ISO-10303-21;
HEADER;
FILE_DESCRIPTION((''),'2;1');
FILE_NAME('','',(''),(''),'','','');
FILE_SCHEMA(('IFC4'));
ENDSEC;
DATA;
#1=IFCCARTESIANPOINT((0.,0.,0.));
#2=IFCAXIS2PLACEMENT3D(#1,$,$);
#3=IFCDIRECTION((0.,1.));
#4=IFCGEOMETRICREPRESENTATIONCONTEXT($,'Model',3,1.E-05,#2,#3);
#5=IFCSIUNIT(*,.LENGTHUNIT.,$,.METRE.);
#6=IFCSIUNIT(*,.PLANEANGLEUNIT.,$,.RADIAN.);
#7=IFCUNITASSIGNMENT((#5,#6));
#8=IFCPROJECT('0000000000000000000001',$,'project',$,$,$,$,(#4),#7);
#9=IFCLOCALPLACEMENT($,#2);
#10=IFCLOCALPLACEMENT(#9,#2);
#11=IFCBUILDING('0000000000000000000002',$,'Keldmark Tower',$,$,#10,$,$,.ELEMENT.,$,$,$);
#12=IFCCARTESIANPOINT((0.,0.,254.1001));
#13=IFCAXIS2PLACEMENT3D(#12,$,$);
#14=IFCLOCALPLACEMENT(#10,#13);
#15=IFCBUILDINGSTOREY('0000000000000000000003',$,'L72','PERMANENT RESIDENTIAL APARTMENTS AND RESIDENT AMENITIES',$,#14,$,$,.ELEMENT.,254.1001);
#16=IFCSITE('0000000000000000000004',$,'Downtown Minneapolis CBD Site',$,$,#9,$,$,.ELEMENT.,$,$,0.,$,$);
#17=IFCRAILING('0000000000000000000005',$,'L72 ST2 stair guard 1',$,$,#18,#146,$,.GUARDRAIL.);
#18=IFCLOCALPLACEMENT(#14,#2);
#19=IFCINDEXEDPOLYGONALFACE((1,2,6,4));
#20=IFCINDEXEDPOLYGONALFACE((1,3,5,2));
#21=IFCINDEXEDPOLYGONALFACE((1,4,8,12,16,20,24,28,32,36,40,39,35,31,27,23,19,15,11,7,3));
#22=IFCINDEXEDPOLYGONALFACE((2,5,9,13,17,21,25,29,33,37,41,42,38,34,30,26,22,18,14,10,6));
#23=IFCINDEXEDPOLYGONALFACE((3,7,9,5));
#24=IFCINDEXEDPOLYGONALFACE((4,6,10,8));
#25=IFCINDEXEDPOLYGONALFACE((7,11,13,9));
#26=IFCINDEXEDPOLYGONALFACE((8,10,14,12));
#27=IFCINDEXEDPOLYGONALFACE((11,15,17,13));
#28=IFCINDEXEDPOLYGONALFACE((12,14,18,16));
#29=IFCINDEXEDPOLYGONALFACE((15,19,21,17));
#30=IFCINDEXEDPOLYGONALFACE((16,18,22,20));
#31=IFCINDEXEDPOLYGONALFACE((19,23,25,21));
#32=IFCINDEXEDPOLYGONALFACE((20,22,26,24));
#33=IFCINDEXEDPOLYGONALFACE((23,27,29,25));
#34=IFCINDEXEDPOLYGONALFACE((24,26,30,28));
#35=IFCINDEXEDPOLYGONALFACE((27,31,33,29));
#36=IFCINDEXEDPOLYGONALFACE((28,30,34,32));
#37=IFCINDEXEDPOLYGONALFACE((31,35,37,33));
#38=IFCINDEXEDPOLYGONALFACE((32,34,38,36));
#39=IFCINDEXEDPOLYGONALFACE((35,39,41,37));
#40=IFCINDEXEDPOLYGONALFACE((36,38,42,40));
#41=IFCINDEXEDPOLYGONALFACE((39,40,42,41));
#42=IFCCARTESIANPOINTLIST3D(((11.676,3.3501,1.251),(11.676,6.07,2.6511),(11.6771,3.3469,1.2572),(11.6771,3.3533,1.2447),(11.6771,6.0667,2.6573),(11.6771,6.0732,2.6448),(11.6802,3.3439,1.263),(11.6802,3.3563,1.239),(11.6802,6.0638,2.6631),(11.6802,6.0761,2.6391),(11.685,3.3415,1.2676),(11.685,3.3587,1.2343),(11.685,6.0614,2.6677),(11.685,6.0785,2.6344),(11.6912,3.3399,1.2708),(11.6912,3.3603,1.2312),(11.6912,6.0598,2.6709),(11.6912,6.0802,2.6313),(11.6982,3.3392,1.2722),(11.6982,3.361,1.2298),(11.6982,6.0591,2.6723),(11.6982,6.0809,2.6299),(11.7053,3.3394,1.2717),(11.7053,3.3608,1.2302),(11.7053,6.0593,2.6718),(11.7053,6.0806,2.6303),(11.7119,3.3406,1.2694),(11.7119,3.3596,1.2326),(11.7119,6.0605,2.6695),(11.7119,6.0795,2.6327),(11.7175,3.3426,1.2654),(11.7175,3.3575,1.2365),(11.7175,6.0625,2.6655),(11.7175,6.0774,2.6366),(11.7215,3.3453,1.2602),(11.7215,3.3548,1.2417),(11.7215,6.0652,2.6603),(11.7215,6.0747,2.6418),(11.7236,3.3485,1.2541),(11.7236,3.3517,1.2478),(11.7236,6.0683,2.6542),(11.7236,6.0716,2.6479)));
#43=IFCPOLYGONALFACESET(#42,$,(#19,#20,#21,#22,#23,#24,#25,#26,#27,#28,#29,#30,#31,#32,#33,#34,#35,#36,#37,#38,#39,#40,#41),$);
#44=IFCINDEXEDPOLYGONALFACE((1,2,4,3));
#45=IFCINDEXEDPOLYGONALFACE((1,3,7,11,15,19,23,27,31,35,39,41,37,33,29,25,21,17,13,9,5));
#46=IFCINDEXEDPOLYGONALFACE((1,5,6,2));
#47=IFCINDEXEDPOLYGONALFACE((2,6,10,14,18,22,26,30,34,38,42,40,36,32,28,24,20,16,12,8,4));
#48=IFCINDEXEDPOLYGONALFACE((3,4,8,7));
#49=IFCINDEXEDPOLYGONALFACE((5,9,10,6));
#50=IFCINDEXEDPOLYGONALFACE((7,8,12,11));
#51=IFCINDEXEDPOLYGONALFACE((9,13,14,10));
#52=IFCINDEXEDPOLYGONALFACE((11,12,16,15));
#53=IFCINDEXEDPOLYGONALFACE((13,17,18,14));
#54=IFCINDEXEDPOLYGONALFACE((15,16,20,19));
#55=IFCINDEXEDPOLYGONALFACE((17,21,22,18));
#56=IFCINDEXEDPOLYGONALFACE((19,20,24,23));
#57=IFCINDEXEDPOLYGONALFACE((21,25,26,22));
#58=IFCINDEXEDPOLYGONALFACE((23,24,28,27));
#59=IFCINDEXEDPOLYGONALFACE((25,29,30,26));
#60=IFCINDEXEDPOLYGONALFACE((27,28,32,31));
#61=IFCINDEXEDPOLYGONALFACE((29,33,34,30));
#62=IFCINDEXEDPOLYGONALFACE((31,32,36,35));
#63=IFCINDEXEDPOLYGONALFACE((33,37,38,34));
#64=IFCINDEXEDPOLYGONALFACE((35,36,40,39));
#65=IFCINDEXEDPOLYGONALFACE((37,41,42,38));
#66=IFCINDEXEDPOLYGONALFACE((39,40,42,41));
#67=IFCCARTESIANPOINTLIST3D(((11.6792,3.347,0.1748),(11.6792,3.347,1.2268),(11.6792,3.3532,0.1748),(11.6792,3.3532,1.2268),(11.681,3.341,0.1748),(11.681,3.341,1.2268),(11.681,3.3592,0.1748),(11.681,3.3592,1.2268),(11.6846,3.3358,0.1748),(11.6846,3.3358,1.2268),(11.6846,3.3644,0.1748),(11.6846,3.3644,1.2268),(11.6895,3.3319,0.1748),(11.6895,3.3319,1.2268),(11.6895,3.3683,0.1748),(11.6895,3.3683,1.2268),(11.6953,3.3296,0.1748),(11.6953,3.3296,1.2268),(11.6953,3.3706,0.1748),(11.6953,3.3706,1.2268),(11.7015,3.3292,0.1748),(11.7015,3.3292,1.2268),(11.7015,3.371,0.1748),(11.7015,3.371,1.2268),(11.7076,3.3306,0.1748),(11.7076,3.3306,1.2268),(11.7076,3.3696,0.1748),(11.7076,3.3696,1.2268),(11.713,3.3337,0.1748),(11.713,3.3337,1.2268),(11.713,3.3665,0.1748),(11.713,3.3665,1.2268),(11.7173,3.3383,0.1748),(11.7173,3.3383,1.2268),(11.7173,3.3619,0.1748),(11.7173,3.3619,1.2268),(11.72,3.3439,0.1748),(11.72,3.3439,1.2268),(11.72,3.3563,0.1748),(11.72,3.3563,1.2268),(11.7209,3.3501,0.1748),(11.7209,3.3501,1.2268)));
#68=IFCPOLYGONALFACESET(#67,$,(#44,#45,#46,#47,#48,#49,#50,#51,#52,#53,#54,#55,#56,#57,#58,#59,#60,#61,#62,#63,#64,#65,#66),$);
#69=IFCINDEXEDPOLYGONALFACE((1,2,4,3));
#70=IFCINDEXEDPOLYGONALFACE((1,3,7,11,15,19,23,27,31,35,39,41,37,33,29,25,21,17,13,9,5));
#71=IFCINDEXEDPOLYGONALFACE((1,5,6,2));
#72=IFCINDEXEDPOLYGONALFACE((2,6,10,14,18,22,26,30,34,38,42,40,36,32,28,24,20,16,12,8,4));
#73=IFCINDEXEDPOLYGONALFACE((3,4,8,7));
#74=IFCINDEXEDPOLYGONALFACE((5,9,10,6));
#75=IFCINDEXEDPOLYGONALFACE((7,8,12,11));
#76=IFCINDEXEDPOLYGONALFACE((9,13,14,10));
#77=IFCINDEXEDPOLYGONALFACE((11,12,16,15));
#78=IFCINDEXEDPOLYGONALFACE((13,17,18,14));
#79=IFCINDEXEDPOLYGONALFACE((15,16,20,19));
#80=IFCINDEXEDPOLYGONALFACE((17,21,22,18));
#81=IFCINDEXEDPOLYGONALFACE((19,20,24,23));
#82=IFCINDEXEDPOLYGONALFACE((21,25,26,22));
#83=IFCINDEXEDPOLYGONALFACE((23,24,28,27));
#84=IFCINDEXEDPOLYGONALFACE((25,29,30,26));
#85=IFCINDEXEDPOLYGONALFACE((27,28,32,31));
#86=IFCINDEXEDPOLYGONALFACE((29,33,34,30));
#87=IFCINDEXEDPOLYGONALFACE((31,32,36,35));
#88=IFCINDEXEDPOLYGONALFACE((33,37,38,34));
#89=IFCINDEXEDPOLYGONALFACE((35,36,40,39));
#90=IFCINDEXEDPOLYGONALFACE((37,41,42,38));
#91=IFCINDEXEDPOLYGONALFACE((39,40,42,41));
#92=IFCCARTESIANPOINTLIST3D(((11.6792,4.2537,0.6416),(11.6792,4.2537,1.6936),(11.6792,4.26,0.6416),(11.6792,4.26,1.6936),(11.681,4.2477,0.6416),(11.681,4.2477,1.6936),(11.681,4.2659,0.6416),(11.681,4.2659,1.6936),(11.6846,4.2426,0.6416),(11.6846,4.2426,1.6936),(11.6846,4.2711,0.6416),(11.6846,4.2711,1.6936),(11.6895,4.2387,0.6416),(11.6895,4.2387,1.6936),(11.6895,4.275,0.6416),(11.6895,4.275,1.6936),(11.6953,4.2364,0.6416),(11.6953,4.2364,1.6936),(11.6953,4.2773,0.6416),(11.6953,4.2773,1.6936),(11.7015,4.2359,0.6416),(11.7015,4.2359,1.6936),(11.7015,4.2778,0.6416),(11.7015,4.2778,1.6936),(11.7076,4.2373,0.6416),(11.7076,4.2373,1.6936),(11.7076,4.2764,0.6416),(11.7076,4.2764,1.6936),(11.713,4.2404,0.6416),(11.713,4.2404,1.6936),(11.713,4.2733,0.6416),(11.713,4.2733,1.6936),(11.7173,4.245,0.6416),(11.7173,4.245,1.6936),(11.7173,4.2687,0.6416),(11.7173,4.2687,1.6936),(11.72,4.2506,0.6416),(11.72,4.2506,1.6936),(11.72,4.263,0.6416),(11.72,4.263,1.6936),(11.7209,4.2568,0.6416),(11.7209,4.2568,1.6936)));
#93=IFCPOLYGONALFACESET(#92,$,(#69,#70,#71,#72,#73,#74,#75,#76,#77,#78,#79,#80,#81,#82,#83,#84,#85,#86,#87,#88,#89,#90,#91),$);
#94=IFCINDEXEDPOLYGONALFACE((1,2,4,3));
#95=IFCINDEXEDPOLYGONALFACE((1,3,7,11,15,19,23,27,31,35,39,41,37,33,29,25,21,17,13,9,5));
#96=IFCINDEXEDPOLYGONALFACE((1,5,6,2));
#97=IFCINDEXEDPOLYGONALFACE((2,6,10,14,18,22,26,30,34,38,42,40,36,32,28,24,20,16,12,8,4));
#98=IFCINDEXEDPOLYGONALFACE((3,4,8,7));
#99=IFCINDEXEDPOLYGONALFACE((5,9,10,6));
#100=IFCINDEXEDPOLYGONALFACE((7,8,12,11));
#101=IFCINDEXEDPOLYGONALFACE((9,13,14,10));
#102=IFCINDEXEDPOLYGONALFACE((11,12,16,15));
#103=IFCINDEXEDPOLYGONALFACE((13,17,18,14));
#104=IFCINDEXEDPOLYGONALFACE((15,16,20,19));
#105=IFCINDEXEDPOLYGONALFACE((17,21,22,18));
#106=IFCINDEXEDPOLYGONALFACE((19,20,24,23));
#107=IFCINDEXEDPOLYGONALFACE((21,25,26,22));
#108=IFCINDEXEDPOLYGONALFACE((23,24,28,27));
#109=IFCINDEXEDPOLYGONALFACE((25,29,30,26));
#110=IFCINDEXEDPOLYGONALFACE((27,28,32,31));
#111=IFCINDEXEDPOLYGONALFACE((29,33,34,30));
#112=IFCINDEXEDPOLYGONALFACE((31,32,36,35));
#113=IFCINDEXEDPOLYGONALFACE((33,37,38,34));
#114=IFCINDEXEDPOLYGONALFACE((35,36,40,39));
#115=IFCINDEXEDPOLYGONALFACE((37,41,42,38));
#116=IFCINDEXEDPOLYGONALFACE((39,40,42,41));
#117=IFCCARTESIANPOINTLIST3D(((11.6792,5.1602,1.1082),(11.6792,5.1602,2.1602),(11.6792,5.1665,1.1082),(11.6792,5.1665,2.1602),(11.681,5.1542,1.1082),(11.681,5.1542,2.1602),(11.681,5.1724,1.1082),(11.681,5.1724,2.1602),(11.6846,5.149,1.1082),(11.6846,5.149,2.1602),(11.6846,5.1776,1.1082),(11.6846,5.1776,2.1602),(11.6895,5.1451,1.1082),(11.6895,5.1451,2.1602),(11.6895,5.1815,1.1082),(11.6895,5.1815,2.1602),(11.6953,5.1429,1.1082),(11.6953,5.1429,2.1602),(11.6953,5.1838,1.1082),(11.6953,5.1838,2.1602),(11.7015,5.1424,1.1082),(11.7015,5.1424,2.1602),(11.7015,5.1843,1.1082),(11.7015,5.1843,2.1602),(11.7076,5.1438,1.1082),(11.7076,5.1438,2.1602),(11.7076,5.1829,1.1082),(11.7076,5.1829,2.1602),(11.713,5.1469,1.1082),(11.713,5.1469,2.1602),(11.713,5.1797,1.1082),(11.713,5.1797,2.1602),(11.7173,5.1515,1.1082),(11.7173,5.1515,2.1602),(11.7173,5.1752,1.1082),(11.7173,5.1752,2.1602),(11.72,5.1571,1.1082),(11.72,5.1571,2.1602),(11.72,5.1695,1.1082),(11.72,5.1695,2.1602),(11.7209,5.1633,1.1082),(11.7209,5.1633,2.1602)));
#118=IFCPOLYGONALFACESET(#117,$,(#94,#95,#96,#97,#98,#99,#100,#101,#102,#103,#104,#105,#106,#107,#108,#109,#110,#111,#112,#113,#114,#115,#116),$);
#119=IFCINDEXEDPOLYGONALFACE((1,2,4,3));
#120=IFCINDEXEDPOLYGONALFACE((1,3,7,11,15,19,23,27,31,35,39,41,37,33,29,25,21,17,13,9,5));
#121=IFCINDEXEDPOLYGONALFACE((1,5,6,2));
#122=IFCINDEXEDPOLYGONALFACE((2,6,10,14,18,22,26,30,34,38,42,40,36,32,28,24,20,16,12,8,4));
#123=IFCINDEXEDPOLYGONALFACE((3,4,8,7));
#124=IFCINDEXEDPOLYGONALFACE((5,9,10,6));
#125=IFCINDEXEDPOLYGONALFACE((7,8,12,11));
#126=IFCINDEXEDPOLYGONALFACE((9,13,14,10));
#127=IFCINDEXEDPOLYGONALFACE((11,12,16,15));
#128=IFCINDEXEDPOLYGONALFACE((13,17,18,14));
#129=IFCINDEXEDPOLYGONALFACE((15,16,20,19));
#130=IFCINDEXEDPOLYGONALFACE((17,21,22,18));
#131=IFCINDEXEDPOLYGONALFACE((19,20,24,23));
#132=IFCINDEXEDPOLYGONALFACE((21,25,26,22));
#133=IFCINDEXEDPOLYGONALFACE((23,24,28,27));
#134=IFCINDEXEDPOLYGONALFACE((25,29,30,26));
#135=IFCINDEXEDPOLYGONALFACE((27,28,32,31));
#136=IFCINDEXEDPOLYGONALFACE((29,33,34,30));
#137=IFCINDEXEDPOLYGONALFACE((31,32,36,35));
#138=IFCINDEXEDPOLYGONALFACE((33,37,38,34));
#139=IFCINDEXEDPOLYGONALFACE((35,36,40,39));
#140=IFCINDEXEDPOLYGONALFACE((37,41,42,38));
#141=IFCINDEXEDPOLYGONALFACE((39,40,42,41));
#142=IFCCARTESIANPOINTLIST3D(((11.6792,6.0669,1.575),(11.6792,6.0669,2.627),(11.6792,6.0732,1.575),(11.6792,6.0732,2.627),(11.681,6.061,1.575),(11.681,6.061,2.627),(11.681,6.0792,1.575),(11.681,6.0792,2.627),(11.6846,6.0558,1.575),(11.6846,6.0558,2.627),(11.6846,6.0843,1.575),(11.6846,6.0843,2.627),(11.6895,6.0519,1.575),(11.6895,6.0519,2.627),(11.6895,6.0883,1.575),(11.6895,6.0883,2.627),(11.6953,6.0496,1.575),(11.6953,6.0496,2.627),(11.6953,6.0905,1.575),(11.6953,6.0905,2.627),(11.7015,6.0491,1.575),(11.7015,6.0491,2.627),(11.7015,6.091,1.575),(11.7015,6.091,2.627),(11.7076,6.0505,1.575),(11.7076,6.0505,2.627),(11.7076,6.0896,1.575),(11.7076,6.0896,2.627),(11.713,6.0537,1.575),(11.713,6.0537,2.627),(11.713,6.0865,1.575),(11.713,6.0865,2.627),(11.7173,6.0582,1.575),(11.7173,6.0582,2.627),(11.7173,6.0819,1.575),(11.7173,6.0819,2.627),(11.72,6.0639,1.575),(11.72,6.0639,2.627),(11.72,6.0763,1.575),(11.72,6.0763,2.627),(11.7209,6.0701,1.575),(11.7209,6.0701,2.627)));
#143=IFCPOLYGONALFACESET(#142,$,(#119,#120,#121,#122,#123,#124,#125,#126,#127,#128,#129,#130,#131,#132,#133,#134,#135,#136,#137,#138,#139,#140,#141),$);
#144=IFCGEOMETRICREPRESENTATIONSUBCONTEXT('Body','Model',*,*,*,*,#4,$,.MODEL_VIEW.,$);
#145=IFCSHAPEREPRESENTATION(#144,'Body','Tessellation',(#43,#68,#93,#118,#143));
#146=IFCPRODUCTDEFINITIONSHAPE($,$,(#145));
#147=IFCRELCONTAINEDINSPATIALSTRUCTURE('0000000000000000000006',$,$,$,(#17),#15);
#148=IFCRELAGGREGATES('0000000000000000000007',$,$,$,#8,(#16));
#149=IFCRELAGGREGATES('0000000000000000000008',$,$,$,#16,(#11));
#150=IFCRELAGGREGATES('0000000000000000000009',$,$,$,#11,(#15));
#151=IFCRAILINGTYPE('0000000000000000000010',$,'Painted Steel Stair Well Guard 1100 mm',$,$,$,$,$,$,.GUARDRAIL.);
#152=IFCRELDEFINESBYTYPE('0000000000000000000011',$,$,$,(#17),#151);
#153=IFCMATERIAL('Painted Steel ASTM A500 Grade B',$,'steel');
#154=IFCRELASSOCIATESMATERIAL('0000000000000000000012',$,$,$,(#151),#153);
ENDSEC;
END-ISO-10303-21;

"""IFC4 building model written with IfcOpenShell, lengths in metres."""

from ifc_helpers import new_model, si_unit, direction, frame, origin, origin_2d, place, context, subcontext, project, spatial, circle, extrude, material, type_object, element, save


model = new_model("IFC4")

# Units and contexts
model_context = context("Model", 3, precision=1e-05, world=origin(), true_north=direction((0.0, 1.0)))
body_context = subcontext(model_context, "Body", "Model", "MODEL_VIEW")
ifc_project = project(units=[si_unit("LENGTHUNIT", "METRE"), si_unit("PLANEANGLEUNIT", "RADIAN")], contexts=[model_context])

# Site, building, storey
site_placement = place(None, origin())
site = spatial("IfcSite", under=ifc_project, at=site_placement, Name="Downtown Minneapolis CBD Site", CompositionType="ELEMENT", RefElevation=0.0)
building_placement = place(site_placement, origin())
building = spatial("IfcBuilding", under=site, at=building_placement, Name="Keldmark Tower", CompositionType="ELEMENT")
storey_placement = place(building_placement, frame((0.0, 0.0, 254.1001)))
storey = spatial("IfcBuildingStorey", under=building, at=storey_placement, Name="L72", Description="PERMANENT RESIDENTIAL APARTMENTS AND RESIDENT AMENITIES", CompositionType="ELEMENT", Elevation=254.1001)

# Railing
ifc_material_1 = material(Name="Painted Steel ASTM A500 Grade B", Category="steel")
railing_type_1 = type_object("IfcRailingType", Name="Painted Steel Stair Well Guard 1100 mm", PredefinedType="GUARDRAIL", material=ifc_material_1)
railing_1_placement = place(storey_placement, frame((11.7, 3.3501, 0.1748)))
element("IfcRailing", 1, at=railing_1_placement, inside=storey, type_object=railing_type_1, Name="L72 ST2 stair guard 1", PredefinedType="GUARDRAIL", context=body_context, shape_type="SweptSolid", body=[
    extrude(circle(Radius=0.0239, at=origin_2d()), frame((0.0, 0.0, 1.0762), z_axis=(0.0, 0.889114, 0.457685), x_axis=(-1.0, 0.0, 0.0)), (0.0, 0.0, 1.0), 3.0591),
    extrude(circle(Radius=0.021, at=origin_2d()), origin(), (0.0, 0.0, 1.0), 1.052),
    extrude(circle(Radius=0.021, at=origin_2d()), frame((0.0, 0.9067, 0.4668)), (0.0, 0.0, 1.0), 1.052),
    extrude(circle(Radius=0.021, at=origin_2d()), frame((0.0, 1.8132, 0.9333)), (0.0, 0.0, 1.0), 1.052),
    extrude(circle(Radius=0.021, at=origin_2d()), frame((0.0, 2.72, 1.4001)), (0.0, 0.0, 1.0), 1.052),
])

save(model, "model.ifc")
